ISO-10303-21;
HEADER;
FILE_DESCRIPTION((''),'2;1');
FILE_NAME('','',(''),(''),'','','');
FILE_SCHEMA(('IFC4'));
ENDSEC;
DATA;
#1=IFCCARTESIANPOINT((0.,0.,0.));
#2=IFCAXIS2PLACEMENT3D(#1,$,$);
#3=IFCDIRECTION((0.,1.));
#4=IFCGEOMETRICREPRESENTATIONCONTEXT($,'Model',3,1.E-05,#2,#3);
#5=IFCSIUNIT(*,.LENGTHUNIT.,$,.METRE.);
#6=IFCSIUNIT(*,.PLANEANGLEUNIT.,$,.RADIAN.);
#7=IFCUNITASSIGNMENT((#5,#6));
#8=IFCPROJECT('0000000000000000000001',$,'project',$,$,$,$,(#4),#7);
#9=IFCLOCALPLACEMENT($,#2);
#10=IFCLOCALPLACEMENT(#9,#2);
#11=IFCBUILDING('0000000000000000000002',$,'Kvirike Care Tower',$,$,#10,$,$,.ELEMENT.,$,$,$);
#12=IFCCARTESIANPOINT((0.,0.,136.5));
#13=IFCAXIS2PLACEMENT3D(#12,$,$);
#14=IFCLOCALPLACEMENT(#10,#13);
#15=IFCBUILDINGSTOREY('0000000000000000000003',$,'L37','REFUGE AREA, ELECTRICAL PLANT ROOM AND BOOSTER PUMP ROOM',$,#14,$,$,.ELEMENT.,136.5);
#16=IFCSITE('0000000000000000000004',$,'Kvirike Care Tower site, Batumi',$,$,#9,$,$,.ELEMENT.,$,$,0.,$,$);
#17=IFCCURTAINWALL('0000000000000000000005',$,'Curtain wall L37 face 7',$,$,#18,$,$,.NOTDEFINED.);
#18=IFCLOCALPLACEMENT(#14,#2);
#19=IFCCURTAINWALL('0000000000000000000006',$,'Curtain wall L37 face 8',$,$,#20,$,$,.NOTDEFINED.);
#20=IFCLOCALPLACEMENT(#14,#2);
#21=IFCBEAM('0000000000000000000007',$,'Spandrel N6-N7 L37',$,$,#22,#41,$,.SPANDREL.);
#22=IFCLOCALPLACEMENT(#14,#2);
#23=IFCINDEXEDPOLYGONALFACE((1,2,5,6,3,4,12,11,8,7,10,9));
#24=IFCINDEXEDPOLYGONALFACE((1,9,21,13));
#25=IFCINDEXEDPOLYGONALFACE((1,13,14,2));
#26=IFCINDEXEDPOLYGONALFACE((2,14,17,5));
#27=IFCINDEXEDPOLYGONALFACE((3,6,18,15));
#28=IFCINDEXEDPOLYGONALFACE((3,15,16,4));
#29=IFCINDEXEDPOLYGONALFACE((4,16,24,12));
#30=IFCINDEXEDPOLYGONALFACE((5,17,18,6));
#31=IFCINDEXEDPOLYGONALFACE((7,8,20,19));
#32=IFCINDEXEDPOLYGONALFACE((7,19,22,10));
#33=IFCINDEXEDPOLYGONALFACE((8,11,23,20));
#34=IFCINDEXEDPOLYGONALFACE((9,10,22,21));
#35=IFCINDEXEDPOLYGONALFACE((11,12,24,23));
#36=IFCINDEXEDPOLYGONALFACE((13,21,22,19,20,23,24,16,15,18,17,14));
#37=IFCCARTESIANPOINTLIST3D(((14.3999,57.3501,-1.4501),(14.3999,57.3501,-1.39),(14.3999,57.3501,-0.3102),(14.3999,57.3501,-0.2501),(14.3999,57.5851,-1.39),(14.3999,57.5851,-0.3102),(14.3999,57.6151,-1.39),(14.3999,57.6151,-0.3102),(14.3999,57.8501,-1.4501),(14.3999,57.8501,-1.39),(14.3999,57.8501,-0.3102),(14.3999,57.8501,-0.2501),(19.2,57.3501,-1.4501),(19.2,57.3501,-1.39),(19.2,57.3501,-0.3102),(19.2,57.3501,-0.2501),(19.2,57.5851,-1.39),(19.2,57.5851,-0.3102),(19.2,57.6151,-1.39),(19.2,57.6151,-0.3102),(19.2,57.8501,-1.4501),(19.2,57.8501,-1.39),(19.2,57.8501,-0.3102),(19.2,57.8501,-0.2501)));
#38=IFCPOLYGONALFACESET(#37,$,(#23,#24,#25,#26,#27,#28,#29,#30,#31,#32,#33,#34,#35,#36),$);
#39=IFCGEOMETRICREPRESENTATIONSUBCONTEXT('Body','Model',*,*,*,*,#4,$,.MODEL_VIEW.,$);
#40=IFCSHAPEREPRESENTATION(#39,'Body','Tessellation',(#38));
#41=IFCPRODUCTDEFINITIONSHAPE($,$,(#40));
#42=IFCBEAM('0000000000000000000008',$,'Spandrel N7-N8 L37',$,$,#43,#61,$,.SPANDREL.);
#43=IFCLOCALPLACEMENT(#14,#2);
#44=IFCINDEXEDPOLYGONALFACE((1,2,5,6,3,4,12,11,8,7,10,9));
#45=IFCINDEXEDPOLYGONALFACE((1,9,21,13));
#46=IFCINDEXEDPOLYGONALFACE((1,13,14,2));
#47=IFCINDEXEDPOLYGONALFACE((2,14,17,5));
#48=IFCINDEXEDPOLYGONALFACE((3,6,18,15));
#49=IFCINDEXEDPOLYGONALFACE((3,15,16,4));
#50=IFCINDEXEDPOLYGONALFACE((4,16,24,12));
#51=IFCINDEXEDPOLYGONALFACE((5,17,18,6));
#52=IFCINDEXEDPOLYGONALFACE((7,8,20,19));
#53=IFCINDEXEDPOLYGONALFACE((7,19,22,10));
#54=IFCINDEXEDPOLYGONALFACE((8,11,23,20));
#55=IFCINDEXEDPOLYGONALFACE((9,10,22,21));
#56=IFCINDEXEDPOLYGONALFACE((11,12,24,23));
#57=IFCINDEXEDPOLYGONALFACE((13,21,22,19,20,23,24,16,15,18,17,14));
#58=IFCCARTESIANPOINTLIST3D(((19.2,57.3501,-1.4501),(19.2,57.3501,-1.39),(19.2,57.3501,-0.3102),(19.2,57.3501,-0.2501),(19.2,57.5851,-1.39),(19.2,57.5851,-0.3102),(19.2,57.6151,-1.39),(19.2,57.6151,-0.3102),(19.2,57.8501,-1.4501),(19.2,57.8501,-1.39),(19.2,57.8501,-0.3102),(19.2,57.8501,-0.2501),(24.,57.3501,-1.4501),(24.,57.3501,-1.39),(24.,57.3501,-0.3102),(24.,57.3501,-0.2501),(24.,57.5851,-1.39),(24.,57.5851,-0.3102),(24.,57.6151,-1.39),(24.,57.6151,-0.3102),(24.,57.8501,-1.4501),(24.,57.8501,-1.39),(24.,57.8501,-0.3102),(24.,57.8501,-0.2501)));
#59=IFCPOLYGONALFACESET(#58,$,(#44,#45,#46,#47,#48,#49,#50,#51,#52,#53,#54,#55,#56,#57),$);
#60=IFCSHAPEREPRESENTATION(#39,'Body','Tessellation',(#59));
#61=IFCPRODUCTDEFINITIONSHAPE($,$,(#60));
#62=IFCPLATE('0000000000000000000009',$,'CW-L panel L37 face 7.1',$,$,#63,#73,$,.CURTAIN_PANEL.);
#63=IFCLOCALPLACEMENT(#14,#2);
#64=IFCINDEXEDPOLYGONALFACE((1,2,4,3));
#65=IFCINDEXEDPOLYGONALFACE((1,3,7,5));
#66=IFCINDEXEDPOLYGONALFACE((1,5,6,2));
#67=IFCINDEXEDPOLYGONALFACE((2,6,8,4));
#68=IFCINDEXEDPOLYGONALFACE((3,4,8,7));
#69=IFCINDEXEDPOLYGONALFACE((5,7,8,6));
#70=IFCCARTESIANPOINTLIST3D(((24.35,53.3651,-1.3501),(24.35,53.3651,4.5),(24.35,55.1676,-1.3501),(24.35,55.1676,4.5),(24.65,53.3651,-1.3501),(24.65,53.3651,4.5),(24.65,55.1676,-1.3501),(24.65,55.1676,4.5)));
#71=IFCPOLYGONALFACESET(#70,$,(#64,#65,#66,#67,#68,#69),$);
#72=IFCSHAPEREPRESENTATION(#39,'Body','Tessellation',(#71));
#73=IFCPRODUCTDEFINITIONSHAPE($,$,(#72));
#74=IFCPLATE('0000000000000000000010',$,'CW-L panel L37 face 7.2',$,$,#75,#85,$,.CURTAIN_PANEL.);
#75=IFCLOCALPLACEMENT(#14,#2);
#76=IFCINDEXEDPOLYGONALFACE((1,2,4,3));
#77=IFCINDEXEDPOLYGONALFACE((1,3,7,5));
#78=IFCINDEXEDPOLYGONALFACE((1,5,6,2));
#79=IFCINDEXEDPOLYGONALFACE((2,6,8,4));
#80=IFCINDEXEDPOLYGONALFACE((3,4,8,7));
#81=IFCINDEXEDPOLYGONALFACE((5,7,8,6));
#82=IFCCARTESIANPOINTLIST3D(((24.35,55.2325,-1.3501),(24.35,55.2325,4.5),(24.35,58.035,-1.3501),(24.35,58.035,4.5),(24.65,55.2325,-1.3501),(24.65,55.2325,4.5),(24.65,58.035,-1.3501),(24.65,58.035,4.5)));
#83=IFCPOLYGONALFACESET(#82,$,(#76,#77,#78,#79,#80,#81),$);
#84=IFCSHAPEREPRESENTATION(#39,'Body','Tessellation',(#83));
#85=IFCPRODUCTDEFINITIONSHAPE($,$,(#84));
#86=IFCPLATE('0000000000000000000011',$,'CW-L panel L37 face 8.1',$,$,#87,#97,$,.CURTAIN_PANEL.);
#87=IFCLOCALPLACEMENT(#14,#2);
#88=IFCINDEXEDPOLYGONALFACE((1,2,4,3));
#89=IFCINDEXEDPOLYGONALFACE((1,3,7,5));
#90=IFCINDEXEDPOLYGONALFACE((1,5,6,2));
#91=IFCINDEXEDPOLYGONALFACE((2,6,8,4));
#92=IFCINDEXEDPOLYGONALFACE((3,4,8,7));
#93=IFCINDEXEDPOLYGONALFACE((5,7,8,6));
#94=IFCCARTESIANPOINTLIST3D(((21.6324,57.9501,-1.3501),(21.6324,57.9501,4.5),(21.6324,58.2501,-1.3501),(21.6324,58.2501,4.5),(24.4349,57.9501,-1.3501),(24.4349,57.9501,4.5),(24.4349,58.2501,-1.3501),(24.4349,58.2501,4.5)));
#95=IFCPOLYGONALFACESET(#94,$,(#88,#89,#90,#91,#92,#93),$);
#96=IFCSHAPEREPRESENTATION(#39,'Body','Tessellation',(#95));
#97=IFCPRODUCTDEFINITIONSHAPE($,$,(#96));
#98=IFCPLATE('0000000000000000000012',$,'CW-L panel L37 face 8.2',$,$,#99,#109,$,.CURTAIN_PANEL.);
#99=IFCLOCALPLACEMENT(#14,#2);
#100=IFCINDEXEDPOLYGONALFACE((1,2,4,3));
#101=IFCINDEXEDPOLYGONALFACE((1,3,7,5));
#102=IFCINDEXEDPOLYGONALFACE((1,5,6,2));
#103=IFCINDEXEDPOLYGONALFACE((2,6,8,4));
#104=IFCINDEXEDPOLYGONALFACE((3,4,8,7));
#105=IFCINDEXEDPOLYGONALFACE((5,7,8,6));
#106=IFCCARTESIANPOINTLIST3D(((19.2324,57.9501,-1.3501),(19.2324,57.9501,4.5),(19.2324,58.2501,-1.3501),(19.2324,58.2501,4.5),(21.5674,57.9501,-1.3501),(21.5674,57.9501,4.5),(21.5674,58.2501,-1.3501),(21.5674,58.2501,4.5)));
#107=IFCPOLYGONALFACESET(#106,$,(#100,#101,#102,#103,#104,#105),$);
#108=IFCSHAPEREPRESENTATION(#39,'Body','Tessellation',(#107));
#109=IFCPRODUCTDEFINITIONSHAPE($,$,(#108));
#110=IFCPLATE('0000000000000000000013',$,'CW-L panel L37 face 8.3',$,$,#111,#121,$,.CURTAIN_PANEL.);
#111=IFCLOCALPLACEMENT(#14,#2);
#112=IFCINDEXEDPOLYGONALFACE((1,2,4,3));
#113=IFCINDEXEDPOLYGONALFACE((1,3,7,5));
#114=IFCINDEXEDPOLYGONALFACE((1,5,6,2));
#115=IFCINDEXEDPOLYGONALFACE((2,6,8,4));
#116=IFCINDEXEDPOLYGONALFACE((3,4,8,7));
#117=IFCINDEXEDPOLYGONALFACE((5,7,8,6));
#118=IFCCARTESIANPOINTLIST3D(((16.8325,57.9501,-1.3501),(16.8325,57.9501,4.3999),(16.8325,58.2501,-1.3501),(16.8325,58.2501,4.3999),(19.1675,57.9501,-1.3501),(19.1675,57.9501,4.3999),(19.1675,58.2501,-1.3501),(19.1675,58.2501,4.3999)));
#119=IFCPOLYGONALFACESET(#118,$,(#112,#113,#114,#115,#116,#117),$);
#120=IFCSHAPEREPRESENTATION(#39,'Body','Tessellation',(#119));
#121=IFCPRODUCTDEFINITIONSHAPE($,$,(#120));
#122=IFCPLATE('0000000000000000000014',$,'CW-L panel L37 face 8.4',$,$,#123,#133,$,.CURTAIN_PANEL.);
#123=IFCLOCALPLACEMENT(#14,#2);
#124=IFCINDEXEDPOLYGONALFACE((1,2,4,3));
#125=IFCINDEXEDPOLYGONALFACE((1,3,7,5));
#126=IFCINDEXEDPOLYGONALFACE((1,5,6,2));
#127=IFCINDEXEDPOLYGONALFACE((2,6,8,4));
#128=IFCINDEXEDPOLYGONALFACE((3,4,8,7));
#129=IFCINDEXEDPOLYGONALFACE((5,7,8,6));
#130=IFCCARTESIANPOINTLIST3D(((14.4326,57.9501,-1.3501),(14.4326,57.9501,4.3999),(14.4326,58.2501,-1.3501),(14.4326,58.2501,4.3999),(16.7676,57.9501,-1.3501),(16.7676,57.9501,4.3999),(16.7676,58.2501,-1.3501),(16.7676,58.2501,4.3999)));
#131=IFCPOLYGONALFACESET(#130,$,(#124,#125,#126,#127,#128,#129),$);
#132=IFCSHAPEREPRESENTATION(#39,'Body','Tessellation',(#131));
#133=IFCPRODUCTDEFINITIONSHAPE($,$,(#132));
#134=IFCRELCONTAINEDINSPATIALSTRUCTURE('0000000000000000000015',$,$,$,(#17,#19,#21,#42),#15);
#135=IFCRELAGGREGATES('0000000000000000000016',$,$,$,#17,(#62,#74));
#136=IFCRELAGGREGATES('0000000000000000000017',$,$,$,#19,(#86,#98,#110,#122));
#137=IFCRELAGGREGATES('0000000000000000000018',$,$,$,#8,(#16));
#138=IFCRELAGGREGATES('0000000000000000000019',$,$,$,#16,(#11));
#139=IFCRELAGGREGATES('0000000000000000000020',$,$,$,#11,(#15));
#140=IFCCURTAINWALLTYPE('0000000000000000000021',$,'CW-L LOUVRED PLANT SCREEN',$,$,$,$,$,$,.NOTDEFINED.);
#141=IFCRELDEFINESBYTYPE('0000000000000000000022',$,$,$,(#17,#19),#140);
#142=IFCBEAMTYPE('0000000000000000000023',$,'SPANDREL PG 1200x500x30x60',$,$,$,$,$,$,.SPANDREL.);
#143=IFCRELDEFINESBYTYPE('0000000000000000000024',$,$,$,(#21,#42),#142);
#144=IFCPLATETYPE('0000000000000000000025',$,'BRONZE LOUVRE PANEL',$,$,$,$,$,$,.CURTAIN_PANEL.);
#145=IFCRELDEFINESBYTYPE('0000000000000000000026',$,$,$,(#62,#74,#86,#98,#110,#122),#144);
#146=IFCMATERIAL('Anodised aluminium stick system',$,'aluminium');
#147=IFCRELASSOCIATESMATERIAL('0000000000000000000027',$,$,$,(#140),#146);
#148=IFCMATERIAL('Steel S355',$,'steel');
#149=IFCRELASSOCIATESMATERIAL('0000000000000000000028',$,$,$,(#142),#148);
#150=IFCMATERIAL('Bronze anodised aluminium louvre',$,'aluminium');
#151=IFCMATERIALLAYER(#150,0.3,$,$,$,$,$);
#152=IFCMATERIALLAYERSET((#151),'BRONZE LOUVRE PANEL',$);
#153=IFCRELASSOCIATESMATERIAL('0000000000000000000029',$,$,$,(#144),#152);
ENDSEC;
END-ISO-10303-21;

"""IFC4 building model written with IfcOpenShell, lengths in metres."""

from ifc_helpers import new_model, si_unit, direction, frame, origin, origin_2d, place, context, subcontext, project, spatial, rectangle, i_section, extrude, material, layer, layer_set, material_profile, profile_set, type_object, element, aggregate, save


model = new_model("IFC4")

# Units and contexts
model_context = context("Model", 3, precision=1e-05, world=origin(), true_north=direction((0.0, 1.0)))
body_context = subcontext(model_context, "Body", "Model", "MODEL_VIEW")
ifc_project = project(units=[si_unit("LENGTHUNIT", "METRE"), si_unit("PLANEANGLEUNIT", "RADIAN")], contexts=[model_context])

# Site, building, storey
site_placement = place(None, origin())
site = spatial("IfcSite", under=ifc_project, at=site_placement, Name="Kvirike Care Tower site, Batumi", CompositionType="ELEMENT", RefElevation=0.0)
building_placement = place(site_placement, origin())
building = spatial("IfcBuilding", under=site, at=building_placement, Name="Kvirike Care Tower", CompositionType="ELEMENT")
storey_placement = place(building_placement, frame((0.0, 0.0, 136.5)))
storey = spatial("IfcBuildingStorey", under=building, at=storey_placement, Name="L37", Description="REFUGE AREA, ELECTRICAL PLANT ROOM AND BOOSTER PUMP ROOM", CompositionType="ELEMENT", Elevation=136.5)

# Curtain walls
ifc_material_1 = material(Name="Anodised aluminium stick system", Category="aluminium")
curtain_wall_type = type_object("IfcCurtainWallType", Name="CW-L LOUVRED PLANT SCREEN", PredefinedType="NOTDEFINED", material=ifc_material_1)
curtain_wall_1_placement = place(storey_placement, origin())
curtain_wall_1 = element("IfcCurtainWall", 1, at=curtain_wall_1_placement, inside=storey, type_object=curtain_wall_type, Name="Curtain wall L37 face 7", PredefinedType="NOTDEFINED")
curtain_wall_2_placement = place(storey_placement, origin())
curtain_wall_2 = element("IfcCurtainWall", 2, at=curtain_wall_2_placement, inside=storey, type_object=curtain_wall_type, Name="Curtain wall L37 face 8", PredefinedType="NOTDEFINED")

# Beams
ifc_material_2 = material(Name="Steel S355", Category="steel")
ifc_material_profile_1 = material_profile(ifc_material_2, i_section(OverallWidth=0.5, OverallDepth=1.2, WebThickness=0.03, FlangeThickness=0.0601, at=origin_2d()), Name="PG 1200x500x30x60")
ifc_profile_set_1 = profile_set([ifc_material_profile_1], Name="Steel S355")
beam_type = type_object("IfcBeamType", Name="SPANDREL PG 1200x500x30x60", PredefinedType="SPANDREL", material=ifc_profile_set_1)
for number, where, z_axis, x_axis, name in (
    (3, (14.3999, 57.6001, -0.8501), (1.0, 0.0, 0.0), (0.0, 1.0, 0.0), "Spandrel N6-N7 L37"),
    (4, (19.2, 57.6001, -0.8501), (1.0, 0.0, 0.0), (0.0, 1.0, 0.0), "Spandrel N7-N8 L37"),
):
    element("IfcBeam", number, at=place(storey_placement, frame(where, z_axis=z_axis, x_axis=x_axis)), inside=storey, type_object=beam_type, Name=name, PredefinedType="SPANDREL", context=body_context, shape_type="SweptSolid", body=[
        extrude(i_section(OverallWidth=0.5, OverallDepth=1.2, WebThickness=0.03, FlangeThickness=0.0601, at=origin_2d()), origin(), (0.0, 0.0, 1.0), 4.8),
    ])

# Plates
ifc_material_3 = material(Name="Bronze anodised aluminium louvre", Category="aluminium")
ifc_layer = layer(ifc_material_3, 0.3)
ifc_layer_set = layer_set([ifc_layer], Name="BRONZE LOUVRE PANEL")
plate_type = type_object("IfcPlateType", Name="BRONZE LOUVRE PANEL", PredefinedType="CURTAIN_PANEL", material=ifc_layer_set)
plate_1_placement = place(storey_placement, frame((24.5, 54.2664, -1.3501), z_axis=(0.0, 0.0, 1.0), x_axis=(0.0, 1.0, 0.0)))
plate_1 = element("IfcPlate", 5, at=plate_1_placement, type_object=plate_type, Name="CW-L panel L37 face 7.1", PredefinedType="CURTAIN_PANEL", context=body_context, shape_type="SweptSolid", body=[
    extrude(rectangle(XDim=1.8025, YDim=0.3, at=origin_2d()), origin(), (0.0, 0.0, 1.0), 5.8501),
])
plate_2_placement = place(storey_placement, frame((24.5, 56.6338, -1.3501), z_axis=(0.0, 0.0, 1.0), x_axis=(0.0, 1.0, 0.0)))
plate_2 = element("IfcPlate", 6, at=plate_2_placement, type_object=plate_type, Name="CW-L panel L37 face 7.2", PredefinedType="CURTAIN_PANEL", context=body_context, shape_type="SweptSolid", body=[
    extrude(rectangle(XDim=2.8025, YDim=0.3, at=origin_2d()), origin(), (0.0, 0.0, 1.0), 5.8501),
])
aggregate(curtain_wall_1, [plate_1, plate_2])
plate_3_placement = place(storey_placement, frame((23.0337, 58.1001, -1.3501), z_axis=(0.0, 0.0, 1.0), x_axis=(-1.0, 0.0, 0.0)))
plate_3 = element("IfcPlate", 7, at=plate_3_placement, type_object=plate_type, Name="CW-L panel L37 face 8.1", PredefinedType="CURTAIN_PANEL", context=body_context, shape_type="SweptSolid", body=[
    extrude(rectangle(XDim=2.8025, YDim=0.3, at=origin_2d()), origin(), (0.0, 0.0, 1.0), 5.8501),
])
plate_4_placement = place(storey_placement, frame((20.3999, 58.1001, -1.3501), z_axis=(0.0, 0.0, 1.0), x_axis=(-1.0, 0.0, 0.0)))
plate_4 = element("IfcPlate", 8, at=plate_4_placement, type_object=plate_type, Name="CW-L panel L37 face 8.2", PredefinedType="CURTAIN_PANEL", context=body_context, shape_type="SweptSolid", body=[
    extrude(rectangle(XDim=2.335, YDim=0.3, at=origin_2d()), origin(), (0.0, 0.0, 1.0), 5.8501),
])
plate_5_placement = place(storey_placement, frame((18.0, 58.1001, -1.3501), z_axis=(0.0, 0.0, 1.0), x_axis=(-1.0, 0.0, 0.0)))
plate_5 = element("IfcPlate", 9, at=plate_5_placement, type_object=plate_type, Name="CW-L panel L37 face 8.3", PredefinedType="CURTAIN_PANEL", context=body_context, shape_type="SweptSolid", body=[
    extrude(rectangle(XDim=2.335, YDim=0.3, at=origin_2d()), origin(), (0.0, 0.0, 1.0), 5.75),
])
plate_6_placement = place(storey_placement, frame((15.6001, 58.1001, -1.3501), z_axis=(0.0, 0.0, 1.0), x_axis=(-1.0, 0.0, 0.0)))
plate_6 = element("IfcPlate", 10, at=plate_6_placement, type_object=plate_type, Name="CW-L panel L37 face 8.4", PredefinedType="CURTAIN_PANEL", context=body_context, shape_type="SweptSolid", body=[
    extrude(rectangle(XDim=2.335, YDim=0.3, at=origin_2d()), origin(), (0.0, 0.0, 1.0), 5.75),
])
aggregate(curtain_wall_2, [plate_3, plate_4, plate_5, plate_6])

save(model, "model.ifc")
